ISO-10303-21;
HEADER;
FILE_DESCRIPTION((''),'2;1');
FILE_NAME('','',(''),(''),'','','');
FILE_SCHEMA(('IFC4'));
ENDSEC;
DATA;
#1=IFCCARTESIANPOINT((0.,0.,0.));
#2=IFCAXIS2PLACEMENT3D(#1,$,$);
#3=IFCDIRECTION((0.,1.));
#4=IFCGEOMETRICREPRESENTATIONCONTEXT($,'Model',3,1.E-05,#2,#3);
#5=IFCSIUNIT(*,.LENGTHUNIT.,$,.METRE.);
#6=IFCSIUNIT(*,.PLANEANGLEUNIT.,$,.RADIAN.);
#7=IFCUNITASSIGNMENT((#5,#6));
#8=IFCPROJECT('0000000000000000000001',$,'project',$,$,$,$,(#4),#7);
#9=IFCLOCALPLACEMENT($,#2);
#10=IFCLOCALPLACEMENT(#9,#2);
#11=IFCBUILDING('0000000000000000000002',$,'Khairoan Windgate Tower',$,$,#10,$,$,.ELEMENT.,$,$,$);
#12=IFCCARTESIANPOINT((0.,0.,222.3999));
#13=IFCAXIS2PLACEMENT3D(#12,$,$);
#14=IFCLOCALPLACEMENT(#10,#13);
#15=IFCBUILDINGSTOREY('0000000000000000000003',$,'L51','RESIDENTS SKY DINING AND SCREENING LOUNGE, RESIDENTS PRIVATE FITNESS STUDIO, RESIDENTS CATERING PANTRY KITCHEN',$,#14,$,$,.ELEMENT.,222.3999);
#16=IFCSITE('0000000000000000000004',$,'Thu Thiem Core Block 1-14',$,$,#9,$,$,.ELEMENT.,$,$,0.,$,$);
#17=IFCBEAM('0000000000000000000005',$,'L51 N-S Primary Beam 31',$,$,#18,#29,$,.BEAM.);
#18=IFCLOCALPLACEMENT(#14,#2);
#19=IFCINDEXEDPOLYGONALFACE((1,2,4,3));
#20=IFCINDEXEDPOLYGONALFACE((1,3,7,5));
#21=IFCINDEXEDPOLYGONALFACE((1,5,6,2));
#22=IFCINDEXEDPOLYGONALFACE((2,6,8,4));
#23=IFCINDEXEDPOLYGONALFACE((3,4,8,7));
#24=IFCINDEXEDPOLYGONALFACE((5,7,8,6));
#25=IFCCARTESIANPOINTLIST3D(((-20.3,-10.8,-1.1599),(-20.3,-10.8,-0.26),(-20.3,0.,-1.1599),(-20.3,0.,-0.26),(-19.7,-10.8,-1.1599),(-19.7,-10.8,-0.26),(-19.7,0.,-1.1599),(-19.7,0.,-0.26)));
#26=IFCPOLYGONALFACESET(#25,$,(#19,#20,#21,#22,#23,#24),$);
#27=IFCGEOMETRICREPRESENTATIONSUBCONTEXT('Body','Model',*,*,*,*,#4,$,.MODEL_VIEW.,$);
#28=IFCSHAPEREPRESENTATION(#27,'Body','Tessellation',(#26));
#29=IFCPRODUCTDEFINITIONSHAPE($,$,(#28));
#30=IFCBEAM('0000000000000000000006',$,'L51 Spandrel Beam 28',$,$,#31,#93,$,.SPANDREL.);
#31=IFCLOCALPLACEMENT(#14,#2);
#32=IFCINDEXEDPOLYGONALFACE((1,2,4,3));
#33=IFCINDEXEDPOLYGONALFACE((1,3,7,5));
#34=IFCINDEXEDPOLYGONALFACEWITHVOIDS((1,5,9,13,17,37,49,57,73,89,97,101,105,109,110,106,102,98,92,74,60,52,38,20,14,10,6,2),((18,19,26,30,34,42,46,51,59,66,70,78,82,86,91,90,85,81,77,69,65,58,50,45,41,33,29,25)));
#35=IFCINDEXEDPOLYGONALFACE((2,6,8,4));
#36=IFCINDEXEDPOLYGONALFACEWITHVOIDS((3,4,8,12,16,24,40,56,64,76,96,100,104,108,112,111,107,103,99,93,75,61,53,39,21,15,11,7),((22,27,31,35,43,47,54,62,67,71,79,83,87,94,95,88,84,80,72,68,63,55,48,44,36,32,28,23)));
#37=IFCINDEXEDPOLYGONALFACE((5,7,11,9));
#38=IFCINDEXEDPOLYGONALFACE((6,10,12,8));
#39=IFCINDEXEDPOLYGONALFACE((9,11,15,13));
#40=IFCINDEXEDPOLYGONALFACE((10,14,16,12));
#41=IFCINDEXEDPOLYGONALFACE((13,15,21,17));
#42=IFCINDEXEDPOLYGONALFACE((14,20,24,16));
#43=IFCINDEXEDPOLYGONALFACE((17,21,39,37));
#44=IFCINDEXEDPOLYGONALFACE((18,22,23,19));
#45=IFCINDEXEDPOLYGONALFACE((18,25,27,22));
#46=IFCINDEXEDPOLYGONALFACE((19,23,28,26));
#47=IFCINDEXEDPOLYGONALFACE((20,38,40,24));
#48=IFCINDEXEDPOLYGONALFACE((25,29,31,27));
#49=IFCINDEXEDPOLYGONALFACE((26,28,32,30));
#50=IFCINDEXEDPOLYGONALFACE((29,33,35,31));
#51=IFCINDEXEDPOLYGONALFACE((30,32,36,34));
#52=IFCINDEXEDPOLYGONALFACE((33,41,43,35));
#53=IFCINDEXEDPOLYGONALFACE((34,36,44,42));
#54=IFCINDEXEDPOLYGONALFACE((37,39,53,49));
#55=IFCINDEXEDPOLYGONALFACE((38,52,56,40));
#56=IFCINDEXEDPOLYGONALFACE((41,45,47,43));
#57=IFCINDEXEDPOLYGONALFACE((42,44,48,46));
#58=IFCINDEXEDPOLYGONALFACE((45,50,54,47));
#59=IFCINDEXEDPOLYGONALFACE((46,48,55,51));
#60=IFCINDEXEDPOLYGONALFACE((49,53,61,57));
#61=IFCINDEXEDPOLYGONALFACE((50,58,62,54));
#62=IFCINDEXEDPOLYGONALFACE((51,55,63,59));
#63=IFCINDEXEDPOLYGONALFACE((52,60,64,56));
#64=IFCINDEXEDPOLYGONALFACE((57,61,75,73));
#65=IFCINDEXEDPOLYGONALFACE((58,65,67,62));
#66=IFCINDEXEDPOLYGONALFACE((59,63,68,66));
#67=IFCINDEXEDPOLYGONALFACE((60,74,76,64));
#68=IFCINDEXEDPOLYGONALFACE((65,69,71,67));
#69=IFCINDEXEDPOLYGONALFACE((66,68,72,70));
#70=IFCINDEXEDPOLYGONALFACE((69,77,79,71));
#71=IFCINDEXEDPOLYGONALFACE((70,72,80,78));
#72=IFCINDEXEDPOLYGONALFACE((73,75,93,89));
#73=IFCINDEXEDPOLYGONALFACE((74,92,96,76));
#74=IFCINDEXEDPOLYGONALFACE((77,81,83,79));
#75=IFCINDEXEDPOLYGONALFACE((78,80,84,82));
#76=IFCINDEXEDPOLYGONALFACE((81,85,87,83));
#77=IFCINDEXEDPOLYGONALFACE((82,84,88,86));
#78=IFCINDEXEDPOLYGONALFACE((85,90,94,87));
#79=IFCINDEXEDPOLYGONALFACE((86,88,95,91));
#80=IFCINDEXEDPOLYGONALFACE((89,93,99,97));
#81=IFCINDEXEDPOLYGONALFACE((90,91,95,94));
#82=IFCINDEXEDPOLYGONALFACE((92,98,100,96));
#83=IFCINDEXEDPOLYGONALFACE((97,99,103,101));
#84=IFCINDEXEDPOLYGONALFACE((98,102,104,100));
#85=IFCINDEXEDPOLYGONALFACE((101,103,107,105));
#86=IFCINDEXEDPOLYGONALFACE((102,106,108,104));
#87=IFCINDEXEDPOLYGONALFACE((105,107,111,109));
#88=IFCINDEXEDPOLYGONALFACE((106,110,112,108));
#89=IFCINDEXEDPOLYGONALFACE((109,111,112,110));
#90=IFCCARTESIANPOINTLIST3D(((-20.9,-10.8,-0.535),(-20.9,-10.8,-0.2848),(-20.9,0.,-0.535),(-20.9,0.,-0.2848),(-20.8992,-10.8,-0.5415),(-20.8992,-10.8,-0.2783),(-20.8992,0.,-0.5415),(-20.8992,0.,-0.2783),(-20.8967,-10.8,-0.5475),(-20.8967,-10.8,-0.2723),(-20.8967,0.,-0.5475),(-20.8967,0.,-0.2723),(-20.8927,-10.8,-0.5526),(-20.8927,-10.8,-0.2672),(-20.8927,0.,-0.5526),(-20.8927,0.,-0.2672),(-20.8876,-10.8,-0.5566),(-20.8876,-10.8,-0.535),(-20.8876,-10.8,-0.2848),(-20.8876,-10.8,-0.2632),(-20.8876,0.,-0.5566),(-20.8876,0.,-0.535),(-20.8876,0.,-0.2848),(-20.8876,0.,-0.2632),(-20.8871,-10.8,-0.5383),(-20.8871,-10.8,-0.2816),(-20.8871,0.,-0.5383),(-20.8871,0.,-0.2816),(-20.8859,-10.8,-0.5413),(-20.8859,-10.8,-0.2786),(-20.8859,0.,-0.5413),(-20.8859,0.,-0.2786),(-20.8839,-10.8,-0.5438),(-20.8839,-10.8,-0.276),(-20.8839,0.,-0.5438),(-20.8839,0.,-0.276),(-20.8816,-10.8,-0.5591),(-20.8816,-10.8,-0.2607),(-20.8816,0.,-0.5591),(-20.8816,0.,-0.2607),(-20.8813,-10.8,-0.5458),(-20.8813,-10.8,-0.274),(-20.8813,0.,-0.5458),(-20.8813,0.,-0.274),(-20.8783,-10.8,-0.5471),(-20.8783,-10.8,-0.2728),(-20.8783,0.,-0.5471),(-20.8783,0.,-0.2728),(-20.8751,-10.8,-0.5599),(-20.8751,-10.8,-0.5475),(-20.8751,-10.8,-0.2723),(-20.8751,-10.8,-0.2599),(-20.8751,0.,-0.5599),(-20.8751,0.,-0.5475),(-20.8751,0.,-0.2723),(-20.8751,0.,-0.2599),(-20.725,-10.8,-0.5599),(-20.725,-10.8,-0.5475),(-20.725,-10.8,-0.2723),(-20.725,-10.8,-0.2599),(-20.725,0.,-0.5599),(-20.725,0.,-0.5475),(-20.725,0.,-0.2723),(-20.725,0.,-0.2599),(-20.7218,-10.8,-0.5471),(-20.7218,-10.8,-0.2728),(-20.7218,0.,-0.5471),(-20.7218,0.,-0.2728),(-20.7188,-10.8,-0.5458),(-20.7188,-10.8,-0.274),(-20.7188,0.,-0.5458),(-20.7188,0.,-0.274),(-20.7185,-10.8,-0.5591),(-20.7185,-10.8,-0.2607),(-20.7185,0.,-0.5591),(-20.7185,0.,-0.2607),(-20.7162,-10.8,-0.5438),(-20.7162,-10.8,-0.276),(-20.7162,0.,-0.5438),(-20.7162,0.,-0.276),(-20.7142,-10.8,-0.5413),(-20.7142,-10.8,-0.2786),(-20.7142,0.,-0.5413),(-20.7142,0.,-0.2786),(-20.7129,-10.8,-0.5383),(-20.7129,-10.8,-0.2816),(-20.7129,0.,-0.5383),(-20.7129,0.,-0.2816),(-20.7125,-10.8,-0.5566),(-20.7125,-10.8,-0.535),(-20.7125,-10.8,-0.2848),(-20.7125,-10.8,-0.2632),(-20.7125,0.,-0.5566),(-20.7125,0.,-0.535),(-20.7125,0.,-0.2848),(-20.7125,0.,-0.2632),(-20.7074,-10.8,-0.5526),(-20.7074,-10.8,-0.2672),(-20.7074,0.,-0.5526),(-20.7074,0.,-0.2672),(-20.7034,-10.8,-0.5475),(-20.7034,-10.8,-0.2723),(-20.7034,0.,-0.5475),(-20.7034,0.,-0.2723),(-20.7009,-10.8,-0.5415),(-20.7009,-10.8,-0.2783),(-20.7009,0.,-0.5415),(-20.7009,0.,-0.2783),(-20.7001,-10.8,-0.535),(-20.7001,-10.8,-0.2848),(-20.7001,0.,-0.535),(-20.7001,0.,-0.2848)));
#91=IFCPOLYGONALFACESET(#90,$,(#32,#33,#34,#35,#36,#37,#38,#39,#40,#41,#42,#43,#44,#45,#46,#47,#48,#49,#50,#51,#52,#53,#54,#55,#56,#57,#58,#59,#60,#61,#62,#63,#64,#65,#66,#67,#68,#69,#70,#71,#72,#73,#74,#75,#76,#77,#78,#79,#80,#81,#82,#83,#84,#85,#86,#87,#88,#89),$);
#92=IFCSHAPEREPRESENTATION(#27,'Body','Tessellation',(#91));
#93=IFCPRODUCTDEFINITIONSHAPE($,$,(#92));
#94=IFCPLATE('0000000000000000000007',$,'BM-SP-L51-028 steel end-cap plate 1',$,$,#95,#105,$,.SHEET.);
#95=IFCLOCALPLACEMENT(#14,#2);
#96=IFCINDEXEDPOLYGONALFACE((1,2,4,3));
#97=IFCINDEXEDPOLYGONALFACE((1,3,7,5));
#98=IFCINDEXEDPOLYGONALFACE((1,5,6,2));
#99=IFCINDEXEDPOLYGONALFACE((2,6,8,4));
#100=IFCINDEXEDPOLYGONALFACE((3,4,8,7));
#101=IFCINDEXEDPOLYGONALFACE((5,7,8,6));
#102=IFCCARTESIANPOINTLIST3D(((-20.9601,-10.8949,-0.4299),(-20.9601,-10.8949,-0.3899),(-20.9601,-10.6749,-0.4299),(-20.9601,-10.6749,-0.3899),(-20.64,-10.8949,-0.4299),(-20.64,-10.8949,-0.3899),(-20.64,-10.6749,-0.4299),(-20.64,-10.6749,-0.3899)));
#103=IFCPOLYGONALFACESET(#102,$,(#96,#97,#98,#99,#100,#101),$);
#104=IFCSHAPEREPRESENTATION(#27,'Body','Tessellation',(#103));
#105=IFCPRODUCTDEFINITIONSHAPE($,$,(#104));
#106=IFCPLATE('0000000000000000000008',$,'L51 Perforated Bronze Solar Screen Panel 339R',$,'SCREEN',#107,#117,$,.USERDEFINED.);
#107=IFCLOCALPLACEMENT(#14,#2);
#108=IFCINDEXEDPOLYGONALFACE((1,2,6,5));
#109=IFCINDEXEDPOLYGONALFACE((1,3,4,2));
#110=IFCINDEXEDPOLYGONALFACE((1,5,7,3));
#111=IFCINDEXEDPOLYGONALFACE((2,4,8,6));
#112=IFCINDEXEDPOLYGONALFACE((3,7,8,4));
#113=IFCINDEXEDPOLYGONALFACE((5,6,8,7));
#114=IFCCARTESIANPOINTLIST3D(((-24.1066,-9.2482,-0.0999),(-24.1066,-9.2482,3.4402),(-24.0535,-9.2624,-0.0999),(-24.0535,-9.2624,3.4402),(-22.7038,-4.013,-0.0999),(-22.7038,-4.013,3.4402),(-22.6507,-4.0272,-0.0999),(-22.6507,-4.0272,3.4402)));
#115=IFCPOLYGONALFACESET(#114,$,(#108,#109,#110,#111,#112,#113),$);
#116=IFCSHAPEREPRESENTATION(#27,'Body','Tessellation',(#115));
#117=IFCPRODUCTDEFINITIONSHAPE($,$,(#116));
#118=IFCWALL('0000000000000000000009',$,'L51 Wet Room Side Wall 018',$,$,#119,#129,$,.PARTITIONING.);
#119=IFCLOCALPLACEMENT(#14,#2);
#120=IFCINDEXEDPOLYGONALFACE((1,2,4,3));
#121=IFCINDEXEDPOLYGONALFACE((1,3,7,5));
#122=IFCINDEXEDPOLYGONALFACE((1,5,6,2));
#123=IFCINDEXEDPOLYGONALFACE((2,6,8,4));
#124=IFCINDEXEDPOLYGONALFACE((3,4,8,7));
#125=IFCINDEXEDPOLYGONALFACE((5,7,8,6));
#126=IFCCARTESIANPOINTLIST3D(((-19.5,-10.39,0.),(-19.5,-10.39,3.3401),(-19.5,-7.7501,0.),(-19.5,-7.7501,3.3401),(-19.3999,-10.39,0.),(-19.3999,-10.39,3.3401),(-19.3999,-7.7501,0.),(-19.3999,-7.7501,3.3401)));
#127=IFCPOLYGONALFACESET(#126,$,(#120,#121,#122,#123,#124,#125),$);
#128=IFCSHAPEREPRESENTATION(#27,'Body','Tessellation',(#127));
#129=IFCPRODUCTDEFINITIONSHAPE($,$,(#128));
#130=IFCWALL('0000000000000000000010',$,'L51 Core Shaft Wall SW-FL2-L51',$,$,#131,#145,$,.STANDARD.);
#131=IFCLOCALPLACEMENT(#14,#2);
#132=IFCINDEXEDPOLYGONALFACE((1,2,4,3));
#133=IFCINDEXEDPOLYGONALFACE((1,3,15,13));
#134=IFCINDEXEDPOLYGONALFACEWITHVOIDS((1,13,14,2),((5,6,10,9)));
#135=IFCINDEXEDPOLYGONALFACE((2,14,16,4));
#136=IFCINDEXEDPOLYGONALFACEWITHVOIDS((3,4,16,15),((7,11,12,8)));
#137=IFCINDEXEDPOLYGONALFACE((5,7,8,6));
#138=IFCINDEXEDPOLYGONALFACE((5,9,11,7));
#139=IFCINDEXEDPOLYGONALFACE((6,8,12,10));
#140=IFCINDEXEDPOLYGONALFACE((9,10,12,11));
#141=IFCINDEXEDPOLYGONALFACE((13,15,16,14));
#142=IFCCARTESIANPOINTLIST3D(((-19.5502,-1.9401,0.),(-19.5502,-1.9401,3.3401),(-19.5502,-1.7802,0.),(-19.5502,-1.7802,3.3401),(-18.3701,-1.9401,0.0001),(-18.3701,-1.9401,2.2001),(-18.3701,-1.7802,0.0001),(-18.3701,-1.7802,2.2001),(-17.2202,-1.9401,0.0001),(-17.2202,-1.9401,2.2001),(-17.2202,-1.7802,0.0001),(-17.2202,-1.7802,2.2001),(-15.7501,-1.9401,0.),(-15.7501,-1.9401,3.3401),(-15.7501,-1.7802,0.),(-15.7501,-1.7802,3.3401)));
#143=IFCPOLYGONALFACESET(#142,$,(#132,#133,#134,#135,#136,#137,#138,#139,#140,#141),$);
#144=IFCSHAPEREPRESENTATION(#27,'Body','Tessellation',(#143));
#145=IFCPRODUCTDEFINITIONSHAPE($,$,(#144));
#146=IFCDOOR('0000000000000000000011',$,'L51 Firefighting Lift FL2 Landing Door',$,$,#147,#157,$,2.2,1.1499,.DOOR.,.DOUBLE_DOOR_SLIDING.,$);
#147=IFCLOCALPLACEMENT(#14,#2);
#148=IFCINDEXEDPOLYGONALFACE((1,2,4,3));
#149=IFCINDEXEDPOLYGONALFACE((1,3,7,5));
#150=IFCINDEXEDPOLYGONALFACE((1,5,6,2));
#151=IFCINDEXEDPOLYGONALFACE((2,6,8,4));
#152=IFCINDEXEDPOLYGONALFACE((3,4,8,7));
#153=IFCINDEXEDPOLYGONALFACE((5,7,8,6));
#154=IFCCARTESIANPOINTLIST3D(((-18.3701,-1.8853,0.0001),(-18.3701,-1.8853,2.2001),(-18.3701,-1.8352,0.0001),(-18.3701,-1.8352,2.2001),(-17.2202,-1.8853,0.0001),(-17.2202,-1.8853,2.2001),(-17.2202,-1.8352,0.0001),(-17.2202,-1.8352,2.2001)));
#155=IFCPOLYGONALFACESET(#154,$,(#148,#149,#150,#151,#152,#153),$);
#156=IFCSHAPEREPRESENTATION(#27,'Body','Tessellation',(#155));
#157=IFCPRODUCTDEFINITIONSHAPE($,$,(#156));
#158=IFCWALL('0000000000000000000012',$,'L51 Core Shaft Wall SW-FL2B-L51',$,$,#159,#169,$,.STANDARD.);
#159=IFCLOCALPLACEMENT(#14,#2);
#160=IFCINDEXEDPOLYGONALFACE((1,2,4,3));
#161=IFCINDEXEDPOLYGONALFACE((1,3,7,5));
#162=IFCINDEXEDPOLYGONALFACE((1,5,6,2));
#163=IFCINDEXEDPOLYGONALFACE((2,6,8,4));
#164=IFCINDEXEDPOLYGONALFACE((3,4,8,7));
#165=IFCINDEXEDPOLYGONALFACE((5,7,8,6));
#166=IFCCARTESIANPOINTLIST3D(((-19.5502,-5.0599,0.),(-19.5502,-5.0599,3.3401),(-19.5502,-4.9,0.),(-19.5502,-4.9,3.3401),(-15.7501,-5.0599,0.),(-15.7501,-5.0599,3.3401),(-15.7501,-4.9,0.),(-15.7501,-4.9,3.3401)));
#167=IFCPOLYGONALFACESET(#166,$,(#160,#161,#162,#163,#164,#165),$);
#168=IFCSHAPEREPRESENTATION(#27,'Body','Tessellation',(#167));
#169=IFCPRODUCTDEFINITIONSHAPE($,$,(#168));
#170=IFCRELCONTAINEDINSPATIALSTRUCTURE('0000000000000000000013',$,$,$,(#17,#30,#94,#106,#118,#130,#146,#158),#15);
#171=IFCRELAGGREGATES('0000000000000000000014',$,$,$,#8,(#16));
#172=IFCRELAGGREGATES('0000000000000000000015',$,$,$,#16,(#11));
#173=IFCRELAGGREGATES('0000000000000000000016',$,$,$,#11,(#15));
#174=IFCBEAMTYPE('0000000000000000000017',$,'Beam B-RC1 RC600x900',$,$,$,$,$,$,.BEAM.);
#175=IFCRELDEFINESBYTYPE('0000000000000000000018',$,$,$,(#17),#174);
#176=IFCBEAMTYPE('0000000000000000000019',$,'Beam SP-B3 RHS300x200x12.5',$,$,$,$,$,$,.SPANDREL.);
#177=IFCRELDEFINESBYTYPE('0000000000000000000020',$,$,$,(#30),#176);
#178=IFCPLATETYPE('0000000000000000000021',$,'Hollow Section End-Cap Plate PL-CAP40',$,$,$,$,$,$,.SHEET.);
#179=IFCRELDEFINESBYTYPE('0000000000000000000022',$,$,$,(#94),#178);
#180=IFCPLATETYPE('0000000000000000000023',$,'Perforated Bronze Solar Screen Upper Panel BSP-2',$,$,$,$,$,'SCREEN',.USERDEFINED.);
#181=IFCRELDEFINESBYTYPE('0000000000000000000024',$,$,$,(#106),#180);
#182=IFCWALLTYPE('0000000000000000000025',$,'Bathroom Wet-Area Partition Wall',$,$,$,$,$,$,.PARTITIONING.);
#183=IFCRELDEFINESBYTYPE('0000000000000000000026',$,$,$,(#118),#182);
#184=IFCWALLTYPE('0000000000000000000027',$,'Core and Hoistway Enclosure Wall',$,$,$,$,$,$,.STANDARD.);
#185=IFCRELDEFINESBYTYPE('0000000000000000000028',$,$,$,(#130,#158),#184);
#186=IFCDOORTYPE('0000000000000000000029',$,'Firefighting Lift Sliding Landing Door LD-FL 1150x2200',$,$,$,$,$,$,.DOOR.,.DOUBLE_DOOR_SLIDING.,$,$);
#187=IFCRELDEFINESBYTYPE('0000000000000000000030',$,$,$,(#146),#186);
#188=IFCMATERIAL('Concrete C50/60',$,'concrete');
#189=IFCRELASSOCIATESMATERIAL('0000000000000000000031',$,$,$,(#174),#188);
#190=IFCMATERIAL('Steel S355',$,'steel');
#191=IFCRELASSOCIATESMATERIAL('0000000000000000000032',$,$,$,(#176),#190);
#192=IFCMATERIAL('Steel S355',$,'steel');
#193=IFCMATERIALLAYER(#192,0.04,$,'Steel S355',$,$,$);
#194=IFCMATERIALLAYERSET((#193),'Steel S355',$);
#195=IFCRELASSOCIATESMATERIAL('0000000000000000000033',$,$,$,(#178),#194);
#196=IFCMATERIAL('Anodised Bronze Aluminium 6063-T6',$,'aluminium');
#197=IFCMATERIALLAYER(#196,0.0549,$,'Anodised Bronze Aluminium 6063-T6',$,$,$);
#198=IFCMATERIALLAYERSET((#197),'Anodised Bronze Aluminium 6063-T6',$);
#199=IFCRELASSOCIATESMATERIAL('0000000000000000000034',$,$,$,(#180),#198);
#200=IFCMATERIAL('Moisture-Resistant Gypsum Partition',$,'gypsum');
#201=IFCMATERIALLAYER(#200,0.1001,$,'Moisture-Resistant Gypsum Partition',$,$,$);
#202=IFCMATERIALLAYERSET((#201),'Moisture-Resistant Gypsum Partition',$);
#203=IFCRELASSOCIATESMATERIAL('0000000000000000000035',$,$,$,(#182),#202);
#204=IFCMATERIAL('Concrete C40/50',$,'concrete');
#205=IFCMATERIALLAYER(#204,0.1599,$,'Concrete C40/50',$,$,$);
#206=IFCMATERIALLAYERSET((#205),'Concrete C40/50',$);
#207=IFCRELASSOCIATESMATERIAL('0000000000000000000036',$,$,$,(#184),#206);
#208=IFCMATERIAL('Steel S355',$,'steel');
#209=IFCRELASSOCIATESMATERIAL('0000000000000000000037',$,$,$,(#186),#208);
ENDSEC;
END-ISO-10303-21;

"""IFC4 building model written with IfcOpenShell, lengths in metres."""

from ifc_helpers import new_model, si_unit, direction, frame, frame_2d, origin, origin_2d, place, context, subcontext, project, spatial, rectangle, hollow_rectangle, extrude, material, layer, layer_set, material_profile, profile_set, type_object, element, fill, save


model = new_model("IFC4")

# Units and contexts
model_context = context("Model", 3, precision=1e-05, world=origin(), true_north=direction((0.0, 1.0)))
body_context = subcontext(model_context, "Body", "Model", "MODEL_VIEW")
ifc_project = project(units=[si_unit("LENGTHUNIT", "METRE"), si_unit("PLANEANGLEUNIT", "RADIAN")], contexts=[model_context])

# Site, building, storey
site_placement = place(None, origin())
site = spatial("IfcSite", under=ifc_project, at=site_placement, Name="Thu Thiem Core Block 1-14", CompositionType="ELEMENT", RefElevation=0.0)
building_placement = place(site_placement, origin())
building = spatial("IfcBuilding", under=site, at=building_placement, Name="Khairoan Windgate Tower", CompositionType="ELEMENT")
storey_placement = place(building_placement, frame((0.0, 0.0, 222.3999)))
storey = spatial("IfcBuildingStorey", under=building, at=storey_placement, Name="L51", Description="RESIDENTS SKY DINING AND SCREENING LOUNGE, RESIDENTS PRIVATE FITNESS STUDIO, RESIDENTS CATERING PANTRY KITCHEN", CompositionType="ELEMENT", Elevation=222.3999)

# Beams
ifc_material_1 = material(Name="Concrete C50/60", Category="concrete")
ifc_material_profile_1 = material_profile(ifc_material_1, rectangle(XDim=0.6001, YDim=0.8999, at=origin_2d()))
ifc_profile_set_1 = profile_set([ifc_material_profile_1], Name="Concrete C50/60")
beam_type_1 = type_object("IfcBeamType", Name="Beam B-RC1 RC600x900", PredefinedType="BEAM", material=ifc_profile_set_1)
beam_1_placement = place(storey_placement, frame((-20.0, -10.8, -0.71), z_axis=(0.0, 1.0, 0.0), x_axis=(-1.0, 0.0, 0.0)))
element("IfcBeam", 1, at=beam_1_placement, inside=storey, type_object=beam_type_1, Name="L51 N-S Primary Beam 31", PredefinedType="BEAM", context=body_context, shape_type="SweptSolid", body=[
    extrude(rectangle(XDim=0.6001, YDim=0.8999, at=origin_2d()), origin(), (0.0, 0.0, 1.0), 10.8),
])
ifc_material_2 = material(Name="Steel S355", Category="steel")
ifc_material_profile_2 = material_profile(ifc_material_2, hollow_rectangle(XDim=0.2, YDim=0.3, WallThickness=0.0125, InnerFilletRadius=0.0125, OuterFilletRadius=0.0249, at=origin_2d()))
ifc_profile_set_2 = profile_set([ifc_material_profile_2], Name="Steel S355")
beam_type_2 = type_object("IfcBeamType", Name="Beam SP-B3 RHS300x200x12.5", PredefinedType="SPANDREL", material=ifc_profile_set_2)
beam_2_placement = place(storey_placement, frame((-20.8, -10.8, -0.4099), z_axis=(0.0, 1.0, 0.0), x_axis=(-1.0, 0.0, 0.0)))
element("IfcBeam", 2, at=beam_2_placement, inside=storey, type_object=beam_type_2, Name="L51 Spandrel Beam 28", PredefinedType="SPANDREL", context=body_context, shape_type="SweptSolid", body=[
    extrude(hollow_rectangle(XDim=0.2, YDim=0.3, WallThickness=0.0125, InnerFilletRadius=0.0125, OuterFilletRadius=0.0249, at=origin_2d()), origin(), (0.0, 0.0, 1.0), 10.8),
])

# Plates
ifc_material_3 = material(Name="Steel S355", Category="steel")
ifc_layer_1 = layer(ifc_material_3, 0.04, Name="Steel S355")
ifc_layer_set_1 = layer_set([ifc_layer_1], Name="Steel S355")
plate_type_1 = type_object("IfcPlateType", Name="Hollow Section End-Cap Plate PL-CAP40", PredefinedType="SHEET", material=ifc_layer_set_1)
plate_1_placement = place(storey_placement, frame((-20.8, -10.7849, -0.4299), z_axis=(0.0, 0.0, 1.0), x_axis=(0.0, 1.0, 0.0)))
element("IfcPlate", 3, at=plate_1_placement, inside=storey, type_object=plate_type_1, Name="BM-SP-L51-028 steel end-cap plate 1", PredefinedType="SHEET", context=body_context, shape_type="SweptSolid", body=[
    extrude(rectangle(XDim=0.22, YDim=0.3201, at=origin_2d()), origin(), (0.0, 0.0, 1.0), 0.04),
])
ifc_material_4 = material(Name="Anodised Bronze Aluminium 6063-T6", Category="aluminium")
ifc_layer_2 = layer(ifc_material_4, 0.0549, Name="Anodised Bronze Aluminium 6063-T6")
ifc_layer_set_2 = layer_set([ifc_layer_2], Name="Anodised Bronze Aluminium 6063-T6")
plate_type_2 = type_object("IfcPlateType", Name="Perforated Bronze Solar Screen Upper Panel BSP-2", ElementType="SCREEN", PredefinedType="USERDEFINED", material=ifc_layer_set_2)
plate_2_placement = place(storey_placement, frame((-23.3787, -6.6377, -0.0999), z_axis=(0.0, 0.0, 1.0), x_axis=(0.258819, 0.965926, 0.0)))
element("IfcPlate", 4, at=plate_2_placement, inside=storey, type_object=plate_type_2, Name="L51 Perforated Bronze Solar Screen Panel 339R", ObjectType="SCREEN", PredefinedType="USERDEFINED", context=body_context, shape_type="SweptSolid", body=[
    extrude(rectangle(XDim=5.4199, YDim=0.0549, at=origin_2d()), origin(), (0.0, 0.0, 1.0), 3.54),
])

# Wall
ifc_material_5 = material(Name="Moisture-Resistant Gypsum Partition", Category="gypsum")
ifc_layer_3 = layer(ifc_material_5, 0.1001, Name="Moisture-Resistant Gypsum Partition")
ifc_layer_set_3 = layer_set([ifc_layer_3], Name="Moisture-Resistant Gypsum Partition")
wall_type_1 = type_object("IfcWallType", Name="Bathroom Wet-Area Partition Wall", PredefinedType="PARTITIONING", material=ifc_layer_set_3)
wall_1_placement = place(storey_placement, frame((-19.45, -10.3899, 0.0), z_axis=(0.0, 0.0, 1.0), x_axis=(0.0, 1.0, 0.0)))
element("IfcWall", 5, at=wall_1_placement, inside=storey, type_object=wall_type_1, Name="L51 Wet Room Side Wall 018", PredefinedType="PARTITIONING", context=body_context, shape_type="SweptSolid", body=[
    extrude(rectangle(XDim=2.6399, YDim=0.1001, at=frame_2d((1.3198, 0.0))), origin(), (0.0, 0.0, 1.0), 3.3401),
])

# Wall, opening, door
ifc_material_6 = material(Name="Concrete C40/50", Category="concrete")
ifc_layer_4 = layer(ifc_material_6, 0.1599, Name="Concrete C40/50")
ifc_layer_set_4 = layer_set([ifc_layer_4], Name="Concrete C40/50")
wall_type_2 = type_object("IfcWallType", Name="Core and Hoistway Enclosure Wall", PredefinedType="STANDARD", material=ifc_layer_set_4)
wall_2_placement = place(storey_placement, frame((-19.55, -1.8601, 0.0), z_axis=(0.0, 0.0, 1.0), x_axis=(1.0, 0.0, 0.0)))
wall_2 = element("IfcWall", 6, at=wall_2_placement, inside=storey, type_object=wall_type_2, Name="L51 Core Shaft Wall SW-FL2-L51", PredefinedType="STANDARD", context=body_context, shape_type="SweptSolid", body=[
    extrude(rectangle(XDim=3.8, YDim=0.1599, at=frame_2d((1.8999, 0.0))), origin(), (0.0, 0.0, 1.0), 3.3401),
])
opening_1_placement = place(wall_2_placement, frame((1.1799, 0.0, 0.0)))
opening_1 = element("IfcOpeningElement", 7, at=opening_1_placement, cuts=wall_2, PredefinedType="OPENING", context=body_context, shape_type="SweptSolid", body=[
    extrude(rectangle(XDim=1.1499, YDim=2.2, at=frame_2d((0.575, 1.1001))), frame((0.0, 0.0898, 0.0), z_axis=(0.0, -1.0, 0.0), x_axis=(1.0, 0.0, 0.0)), (0.0, 0.0, 1.0), 0.1799),
])
ifc_material_7 = material(Name="Steel S355", Category="steel")
door_type_1 = type_object("IfcDoorType", Name="Firefighting Lift Sliding Landing Door LD-FL 1150x2200", OperationType="DOUBLE_DOOR_SLIDING", PredefinedType="DOOR", material=ifc_material_7)
door_1_placement = place(opening_1_placement, origin())
door_1 = element("IfcDoor", 8, at=door_1_placement, inside=storey, type_object=door_type_1, Name="L51 Firefighting Lift FL2 Landing Door", OperationType="DOUBLE_DOOR_SLIDING", OverallHeight=2.2, OverallWidth=1.1499, PredefinedType="DOOR", context=body_context, shape_type="SweptSolid", body=[
    extrude(rectangle(XDim=1.1499, YDim=2.2, at=frame_2d((0.575, 1.1001))), frame((0.0, 0.0249, 0.0), z_axis=(0.0, -1.0, 0.0), x_axis=(1.0, 0.0, 0.0)), (0.0, 0.0, 1.0), 0.05),
])
fill(opening_1, door_1)

# Wall
wall_3_placement = place(storey_placement, frame((-19.55, -4.98, 0.0), z_axis=(0.0, 0.0, 1.0), x_axis=(1.0, 0.0, 0.0)))
element("IfcWall", 9, at=wall_3_placement, inside=storey, type_object=wall_type_2, Name="L51 Core Shaft Wall SW-FL2B-L51", PredefinedType="STANDARD", context=body_context, shape_type="SweptSolid", body=[
    extrude(rectangle(XDim=3.8, YDim=0.1599, at=frame_2d((1.8999, 0.0))), origin(), (0.0, 0.0, 1.0), 3.3401),
])

save(model, "model.ifc")
